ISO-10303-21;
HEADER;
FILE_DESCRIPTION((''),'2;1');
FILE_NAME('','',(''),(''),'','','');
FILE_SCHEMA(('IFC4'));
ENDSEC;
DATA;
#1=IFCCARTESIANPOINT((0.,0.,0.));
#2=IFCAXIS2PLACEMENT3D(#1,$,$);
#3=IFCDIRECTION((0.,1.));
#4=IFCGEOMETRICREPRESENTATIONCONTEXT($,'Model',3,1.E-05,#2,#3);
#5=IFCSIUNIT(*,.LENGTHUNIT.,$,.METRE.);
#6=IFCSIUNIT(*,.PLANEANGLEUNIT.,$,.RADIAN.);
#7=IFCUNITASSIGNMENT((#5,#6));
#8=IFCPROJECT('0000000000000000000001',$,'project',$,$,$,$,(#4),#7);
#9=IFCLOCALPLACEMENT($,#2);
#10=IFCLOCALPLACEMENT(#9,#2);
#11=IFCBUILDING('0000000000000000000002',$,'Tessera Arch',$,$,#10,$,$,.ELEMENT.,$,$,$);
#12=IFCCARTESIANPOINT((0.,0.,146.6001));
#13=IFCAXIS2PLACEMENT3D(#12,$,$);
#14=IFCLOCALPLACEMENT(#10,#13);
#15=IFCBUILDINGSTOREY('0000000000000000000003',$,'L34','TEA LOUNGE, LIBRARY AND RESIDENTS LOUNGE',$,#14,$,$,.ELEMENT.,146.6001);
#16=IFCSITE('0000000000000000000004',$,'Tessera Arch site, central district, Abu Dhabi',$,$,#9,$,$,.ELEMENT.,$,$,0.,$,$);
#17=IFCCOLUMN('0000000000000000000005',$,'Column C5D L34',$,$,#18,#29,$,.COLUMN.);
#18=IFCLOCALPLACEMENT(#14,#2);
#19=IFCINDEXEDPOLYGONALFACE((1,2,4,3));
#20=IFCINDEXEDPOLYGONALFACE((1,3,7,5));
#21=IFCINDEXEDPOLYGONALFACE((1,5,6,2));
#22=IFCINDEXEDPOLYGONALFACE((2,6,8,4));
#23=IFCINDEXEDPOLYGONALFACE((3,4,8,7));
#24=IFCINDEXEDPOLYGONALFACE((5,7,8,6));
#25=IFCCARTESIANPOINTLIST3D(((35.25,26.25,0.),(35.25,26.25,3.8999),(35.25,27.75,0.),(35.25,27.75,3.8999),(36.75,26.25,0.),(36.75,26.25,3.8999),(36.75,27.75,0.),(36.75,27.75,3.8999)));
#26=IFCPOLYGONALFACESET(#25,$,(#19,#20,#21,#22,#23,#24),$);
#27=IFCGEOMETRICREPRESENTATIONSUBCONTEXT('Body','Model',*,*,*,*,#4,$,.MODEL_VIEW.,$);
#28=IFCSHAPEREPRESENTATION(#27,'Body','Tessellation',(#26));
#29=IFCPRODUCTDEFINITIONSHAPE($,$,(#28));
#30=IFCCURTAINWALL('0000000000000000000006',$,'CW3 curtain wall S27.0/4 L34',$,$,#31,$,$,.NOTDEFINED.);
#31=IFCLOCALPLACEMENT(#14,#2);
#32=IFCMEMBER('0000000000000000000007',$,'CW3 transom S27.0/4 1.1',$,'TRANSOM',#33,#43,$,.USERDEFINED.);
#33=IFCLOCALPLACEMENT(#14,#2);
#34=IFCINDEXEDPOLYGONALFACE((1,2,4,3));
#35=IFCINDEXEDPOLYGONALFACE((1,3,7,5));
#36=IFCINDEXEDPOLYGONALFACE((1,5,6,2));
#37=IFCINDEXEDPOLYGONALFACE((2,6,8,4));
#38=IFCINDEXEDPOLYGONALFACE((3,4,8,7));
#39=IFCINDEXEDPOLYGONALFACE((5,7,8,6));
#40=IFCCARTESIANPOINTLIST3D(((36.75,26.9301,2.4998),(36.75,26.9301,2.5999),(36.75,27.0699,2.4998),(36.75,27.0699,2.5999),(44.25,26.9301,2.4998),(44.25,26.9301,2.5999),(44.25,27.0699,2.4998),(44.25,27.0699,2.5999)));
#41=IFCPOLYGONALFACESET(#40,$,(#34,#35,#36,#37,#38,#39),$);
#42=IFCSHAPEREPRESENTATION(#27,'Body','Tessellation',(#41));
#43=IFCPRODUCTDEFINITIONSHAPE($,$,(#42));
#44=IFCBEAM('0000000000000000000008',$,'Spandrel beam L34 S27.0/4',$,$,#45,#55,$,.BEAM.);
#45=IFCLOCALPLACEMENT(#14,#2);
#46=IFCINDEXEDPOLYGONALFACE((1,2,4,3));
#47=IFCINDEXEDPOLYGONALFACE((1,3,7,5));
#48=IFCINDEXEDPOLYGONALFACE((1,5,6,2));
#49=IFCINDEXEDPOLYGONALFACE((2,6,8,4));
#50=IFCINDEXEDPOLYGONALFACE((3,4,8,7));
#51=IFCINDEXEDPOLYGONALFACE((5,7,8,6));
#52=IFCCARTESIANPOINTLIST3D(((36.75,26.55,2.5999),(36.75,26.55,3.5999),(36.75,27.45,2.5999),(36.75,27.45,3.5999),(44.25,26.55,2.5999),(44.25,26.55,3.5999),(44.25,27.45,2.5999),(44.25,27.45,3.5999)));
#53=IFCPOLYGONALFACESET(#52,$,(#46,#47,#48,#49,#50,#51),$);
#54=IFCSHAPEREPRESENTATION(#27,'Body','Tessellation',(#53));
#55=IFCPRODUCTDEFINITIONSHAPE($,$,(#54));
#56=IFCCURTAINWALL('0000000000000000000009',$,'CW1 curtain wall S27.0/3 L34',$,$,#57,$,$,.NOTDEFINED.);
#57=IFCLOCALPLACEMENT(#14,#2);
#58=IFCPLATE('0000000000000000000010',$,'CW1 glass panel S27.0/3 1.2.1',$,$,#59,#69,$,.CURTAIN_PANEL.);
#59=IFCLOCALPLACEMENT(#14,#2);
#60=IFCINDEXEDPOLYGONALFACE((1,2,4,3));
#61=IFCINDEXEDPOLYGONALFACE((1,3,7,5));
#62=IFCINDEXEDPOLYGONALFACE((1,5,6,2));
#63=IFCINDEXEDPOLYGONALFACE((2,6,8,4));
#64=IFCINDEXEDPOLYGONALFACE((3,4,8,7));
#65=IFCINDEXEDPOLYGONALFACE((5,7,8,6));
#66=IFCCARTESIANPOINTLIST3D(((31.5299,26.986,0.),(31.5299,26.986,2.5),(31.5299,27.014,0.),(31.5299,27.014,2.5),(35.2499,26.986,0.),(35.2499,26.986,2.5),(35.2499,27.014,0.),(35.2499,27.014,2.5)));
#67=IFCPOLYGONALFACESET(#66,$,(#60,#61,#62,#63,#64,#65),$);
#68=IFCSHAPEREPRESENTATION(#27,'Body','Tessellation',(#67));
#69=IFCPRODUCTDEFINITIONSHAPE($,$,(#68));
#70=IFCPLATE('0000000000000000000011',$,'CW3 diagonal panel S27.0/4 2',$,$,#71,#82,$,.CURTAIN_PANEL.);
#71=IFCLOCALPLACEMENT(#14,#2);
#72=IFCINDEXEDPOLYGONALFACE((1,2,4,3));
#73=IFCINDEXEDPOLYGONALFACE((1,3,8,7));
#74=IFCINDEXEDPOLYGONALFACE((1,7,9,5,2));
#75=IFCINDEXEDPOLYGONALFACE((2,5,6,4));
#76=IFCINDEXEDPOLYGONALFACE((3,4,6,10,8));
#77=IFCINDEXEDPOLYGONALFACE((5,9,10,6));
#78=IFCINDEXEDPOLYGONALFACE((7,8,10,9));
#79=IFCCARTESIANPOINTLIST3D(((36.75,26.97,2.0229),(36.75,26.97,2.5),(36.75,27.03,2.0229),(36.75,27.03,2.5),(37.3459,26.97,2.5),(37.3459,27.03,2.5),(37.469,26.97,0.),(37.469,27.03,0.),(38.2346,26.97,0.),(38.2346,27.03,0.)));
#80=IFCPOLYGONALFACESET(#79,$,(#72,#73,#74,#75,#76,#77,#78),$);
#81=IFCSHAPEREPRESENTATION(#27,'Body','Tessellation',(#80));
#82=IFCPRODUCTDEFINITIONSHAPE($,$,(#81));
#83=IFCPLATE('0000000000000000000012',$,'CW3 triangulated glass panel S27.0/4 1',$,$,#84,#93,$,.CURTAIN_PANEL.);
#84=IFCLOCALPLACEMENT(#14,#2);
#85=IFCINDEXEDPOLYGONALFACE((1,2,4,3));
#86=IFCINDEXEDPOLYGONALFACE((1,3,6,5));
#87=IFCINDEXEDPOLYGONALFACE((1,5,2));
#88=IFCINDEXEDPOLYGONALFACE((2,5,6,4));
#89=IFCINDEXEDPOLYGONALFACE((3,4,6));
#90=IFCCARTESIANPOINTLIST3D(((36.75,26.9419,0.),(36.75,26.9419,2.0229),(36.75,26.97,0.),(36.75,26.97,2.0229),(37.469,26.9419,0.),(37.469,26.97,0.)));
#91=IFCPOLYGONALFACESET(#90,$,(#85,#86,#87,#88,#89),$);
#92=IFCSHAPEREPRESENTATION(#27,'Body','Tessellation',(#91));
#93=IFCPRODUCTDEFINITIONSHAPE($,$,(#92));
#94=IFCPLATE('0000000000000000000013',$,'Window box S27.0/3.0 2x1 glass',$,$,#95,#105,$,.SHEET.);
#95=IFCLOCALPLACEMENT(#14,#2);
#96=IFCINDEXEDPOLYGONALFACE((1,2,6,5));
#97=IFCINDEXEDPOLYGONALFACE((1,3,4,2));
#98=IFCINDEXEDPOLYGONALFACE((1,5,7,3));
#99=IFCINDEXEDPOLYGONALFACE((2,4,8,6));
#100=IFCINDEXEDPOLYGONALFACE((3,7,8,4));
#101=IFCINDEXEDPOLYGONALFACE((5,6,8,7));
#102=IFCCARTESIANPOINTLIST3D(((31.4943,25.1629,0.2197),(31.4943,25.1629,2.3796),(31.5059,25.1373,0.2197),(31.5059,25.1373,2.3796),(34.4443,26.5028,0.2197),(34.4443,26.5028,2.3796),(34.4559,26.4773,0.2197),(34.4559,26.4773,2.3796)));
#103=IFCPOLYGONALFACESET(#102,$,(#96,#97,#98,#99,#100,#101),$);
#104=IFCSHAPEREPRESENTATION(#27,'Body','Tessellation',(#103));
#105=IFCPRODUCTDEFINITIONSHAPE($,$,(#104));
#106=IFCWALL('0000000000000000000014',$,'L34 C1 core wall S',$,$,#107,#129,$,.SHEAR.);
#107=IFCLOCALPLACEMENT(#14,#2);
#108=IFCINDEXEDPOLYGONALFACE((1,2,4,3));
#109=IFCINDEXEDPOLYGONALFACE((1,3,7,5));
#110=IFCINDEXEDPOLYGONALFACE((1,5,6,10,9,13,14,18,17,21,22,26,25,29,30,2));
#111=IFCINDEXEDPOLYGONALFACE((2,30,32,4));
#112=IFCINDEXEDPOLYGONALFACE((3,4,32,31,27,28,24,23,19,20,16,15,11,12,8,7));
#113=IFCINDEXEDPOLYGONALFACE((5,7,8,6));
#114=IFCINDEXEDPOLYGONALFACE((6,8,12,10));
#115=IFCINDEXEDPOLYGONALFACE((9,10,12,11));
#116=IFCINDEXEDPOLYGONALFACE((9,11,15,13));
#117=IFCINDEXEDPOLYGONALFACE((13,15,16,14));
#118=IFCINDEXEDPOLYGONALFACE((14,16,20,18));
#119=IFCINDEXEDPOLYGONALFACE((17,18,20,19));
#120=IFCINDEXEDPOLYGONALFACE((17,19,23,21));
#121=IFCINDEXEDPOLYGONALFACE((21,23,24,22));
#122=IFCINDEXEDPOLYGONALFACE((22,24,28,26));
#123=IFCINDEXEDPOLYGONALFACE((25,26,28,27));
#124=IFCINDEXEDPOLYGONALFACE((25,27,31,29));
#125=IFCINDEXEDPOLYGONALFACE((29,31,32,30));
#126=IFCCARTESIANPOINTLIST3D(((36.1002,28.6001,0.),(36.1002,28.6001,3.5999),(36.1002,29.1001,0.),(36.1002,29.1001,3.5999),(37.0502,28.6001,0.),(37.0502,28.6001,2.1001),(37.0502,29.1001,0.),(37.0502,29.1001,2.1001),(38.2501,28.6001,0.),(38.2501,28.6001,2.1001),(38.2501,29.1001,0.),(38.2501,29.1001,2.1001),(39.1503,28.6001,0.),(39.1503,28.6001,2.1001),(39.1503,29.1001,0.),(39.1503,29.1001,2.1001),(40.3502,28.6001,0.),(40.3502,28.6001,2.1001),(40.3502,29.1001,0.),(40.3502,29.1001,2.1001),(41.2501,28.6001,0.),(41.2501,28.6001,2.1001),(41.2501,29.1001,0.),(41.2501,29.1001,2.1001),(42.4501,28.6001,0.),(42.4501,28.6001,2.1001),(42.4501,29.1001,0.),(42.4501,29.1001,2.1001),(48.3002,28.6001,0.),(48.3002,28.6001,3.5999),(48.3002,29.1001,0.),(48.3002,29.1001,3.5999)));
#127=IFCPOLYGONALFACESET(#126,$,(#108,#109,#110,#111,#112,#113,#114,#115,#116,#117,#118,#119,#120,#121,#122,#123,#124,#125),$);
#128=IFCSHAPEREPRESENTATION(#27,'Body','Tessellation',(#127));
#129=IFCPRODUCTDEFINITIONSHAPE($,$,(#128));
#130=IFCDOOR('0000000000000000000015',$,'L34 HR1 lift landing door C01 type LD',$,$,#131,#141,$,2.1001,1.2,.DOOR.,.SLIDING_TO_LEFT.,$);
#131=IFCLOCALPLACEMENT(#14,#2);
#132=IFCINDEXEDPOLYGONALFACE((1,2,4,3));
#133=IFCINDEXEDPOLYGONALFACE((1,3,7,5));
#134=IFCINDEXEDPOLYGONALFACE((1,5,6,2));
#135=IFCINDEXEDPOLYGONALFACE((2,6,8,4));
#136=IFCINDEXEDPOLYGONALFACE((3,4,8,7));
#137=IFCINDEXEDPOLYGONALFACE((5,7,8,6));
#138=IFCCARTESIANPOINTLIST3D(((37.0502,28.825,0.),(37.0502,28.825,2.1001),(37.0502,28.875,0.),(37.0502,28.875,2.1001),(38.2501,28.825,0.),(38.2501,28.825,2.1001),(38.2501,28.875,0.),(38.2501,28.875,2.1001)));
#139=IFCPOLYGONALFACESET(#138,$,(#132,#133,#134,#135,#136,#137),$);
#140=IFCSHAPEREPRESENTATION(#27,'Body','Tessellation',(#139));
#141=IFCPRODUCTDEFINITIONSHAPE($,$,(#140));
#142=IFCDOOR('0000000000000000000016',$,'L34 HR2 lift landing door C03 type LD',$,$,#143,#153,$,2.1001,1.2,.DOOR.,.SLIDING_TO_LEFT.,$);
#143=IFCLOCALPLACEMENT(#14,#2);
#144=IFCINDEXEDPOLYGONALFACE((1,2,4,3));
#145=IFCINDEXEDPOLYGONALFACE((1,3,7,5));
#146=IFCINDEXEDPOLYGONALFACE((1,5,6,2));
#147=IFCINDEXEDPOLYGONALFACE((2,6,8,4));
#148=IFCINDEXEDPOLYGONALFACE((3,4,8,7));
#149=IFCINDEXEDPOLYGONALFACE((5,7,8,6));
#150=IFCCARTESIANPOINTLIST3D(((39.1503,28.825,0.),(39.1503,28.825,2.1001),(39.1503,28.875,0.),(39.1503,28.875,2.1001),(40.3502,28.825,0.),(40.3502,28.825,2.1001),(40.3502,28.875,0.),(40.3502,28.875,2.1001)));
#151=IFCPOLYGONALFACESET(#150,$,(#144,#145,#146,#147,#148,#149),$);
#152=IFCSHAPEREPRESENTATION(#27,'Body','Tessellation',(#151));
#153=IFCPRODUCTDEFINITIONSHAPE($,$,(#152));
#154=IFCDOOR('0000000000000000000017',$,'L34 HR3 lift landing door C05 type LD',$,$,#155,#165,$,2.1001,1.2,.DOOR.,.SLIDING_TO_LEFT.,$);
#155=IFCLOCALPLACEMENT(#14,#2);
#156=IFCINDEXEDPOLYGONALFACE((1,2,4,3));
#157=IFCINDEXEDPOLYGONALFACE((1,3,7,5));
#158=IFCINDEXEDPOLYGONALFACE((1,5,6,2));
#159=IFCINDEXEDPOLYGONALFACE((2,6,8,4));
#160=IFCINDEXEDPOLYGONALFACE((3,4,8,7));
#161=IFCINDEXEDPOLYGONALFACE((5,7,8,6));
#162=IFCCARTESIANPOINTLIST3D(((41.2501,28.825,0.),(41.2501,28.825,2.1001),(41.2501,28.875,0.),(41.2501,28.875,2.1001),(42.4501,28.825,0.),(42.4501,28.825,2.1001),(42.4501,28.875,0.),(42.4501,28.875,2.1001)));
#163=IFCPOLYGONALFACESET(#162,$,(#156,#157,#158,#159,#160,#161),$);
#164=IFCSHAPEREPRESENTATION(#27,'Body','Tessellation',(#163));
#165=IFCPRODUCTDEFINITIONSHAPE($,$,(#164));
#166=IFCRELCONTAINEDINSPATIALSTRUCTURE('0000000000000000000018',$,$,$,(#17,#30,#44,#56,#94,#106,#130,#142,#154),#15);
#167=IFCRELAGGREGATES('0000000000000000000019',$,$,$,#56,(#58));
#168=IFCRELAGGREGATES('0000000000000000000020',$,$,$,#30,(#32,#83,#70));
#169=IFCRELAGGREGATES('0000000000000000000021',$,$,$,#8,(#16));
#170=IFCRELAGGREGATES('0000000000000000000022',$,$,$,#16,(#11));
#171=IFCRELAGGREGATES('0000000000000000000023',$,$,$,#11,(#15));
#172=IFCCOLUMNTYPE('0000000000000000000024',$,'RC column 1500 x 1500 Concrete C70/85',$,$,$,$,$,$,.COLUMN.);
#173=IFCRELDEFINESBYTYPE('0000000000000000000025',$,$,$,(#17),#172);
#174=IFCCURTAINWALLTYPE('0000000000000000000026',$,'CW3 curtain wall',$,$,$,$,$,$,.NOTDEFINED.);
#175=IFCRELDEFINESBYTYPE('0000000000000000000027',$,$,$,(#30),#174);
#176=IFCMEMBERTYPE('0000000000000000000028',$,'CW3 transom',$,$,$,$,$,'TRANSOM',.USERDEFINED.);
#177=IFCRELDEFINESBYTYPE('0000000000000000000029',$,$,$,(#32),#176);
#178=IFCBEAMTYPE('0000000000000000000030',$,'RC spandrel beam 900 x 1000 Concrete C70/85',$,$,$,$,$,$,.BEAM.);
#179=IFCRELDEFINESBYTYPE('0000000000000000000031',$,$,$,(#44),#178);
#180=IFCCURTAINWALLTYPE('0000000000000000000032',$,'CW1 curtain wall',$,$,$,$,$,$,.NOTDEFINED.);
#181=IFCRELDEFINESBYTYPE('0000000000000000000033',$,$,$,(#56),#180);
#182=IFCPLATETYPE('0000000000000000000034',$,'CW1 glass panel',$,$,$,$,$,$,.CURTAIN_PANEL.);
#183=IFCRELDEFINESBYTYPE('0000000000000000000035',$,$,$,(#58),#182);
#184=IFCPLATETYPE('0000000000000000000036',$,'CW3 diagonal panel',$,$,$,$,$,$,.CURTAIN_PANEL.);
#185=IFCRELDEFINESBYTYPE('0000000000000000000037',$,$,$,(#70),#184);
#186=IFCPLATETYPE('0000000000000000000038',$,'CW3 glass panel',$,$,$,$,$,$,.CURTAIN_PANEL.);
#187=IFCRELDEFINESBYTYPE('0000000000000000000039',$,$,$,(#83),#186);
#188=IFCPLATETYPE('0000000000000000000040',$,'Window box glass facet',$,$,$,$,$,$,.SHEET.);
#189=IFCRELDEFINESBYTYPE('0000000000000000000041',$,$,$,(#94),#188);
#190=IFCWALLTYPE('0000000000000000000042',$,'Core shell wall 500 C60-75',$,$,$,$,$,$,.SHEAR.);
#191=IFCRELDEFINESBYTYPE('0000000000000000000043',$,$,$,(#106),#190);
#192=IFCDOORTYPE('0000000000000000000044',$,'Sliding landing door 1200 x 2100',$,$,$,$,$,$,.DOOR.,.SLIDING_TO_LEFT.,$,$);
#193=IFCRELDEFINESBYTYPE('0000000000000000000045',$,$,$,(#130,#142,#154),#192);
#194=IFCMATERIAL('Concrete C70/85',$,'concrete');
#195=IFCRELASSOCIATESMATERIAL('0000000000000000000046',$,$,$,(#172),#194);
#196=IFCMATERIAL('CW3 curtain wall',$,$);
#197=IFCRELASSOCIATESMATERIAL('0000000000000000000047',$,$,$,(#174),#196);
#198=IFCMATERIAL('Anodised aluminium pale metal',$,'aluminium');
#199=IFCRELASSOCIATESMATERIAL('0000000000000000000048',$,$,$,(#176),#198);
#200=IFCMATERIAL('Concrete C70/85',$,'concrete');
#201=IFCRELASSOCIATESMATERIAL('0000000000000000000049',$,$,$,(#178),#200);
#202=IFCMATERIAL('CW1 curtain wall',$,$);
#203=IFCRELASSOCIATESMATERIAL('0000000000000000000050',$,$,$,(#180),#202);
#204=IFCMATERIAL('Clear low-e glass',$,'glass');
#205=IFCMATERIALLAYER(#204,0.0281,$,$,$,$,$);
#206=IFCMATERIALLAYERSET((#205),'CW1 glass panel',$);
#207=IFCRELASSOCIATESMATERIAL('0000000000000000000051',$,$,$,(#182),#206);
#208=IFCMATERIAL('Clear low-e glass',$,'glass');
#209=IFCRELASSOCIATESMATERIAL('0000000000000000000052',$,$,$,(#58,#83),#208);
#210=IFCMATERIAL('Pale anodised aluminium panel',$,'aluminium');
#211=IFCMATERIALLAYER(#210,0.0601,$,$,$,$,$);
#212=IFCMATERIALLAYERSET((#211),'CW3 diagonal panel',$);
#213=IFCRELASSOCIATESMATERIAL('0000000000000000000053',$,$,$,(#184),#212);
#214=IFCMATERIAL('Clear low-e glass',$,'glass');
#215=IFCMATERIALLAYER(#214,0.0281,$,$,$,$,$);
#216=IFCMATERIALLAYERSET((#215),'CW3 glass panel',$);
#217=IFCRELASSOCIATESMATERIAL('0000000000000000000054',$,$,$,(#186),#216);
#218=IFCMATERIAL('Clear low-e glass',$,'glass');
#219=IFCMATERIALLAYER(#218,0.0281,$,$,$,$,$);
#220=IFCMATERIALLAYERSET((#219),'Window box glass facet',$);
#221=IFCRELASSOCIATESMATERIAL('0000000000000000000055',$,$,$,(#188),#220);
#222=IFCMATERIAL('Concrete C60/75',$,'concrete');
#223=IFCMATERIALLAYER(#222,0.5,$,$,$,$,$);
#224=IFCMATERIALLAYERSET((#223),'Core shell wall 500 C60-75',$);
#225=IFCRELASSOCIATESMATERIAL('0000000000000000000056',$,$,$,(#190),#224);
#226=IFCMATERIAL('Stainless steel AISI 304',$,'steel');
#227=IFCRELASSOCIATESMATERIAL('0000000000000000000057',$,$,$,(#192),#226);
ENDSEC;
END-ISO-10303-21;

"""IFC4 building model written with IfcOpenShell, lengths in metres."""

from ifc_helpers import new_model, si_unit, direction, frame, frame_2d, origin, origin_2d, place, context, subcontext, project, spatial, polyline, rectangle, outline, extrude, material, layer, layer_set, material_profile, profile_set, type_object, element, fill, aggregate, save


model = new_model("IFC4")

# Units and contexts
model_context = context("Model", 3, precision=1e-05, world=origin(), true_north=direction((0.0, 1.0)))
body_context = subcontext(model_context, "Body", "Model", "MODEL_VIEW")
ifc_project = project(units=[si_unit("LENGTHUNIT", "METRE"), si_unit("PLANEANGLEUNIT", "RADIAN")], contexts=[model_context])

# Site, building, storey
site_placement = place(None, origin())
site = spatial("IfcSite", under=ifc_project, at=site_placement, Name="Tessera Arch site, central district, Abu Dhabi", CompositionType="ELEMENT", RefElevation=0.0)
building_placement = place(site_placement, origin())
building = spatial("IfcBuilding", under=site, at=building_placement, Name="Tessera Arch", CompositionType="ELEMENT")
storey_placement = place(building_placement, frame((0.0, 0.0, 146.6001)))
storey = spatial("IfcBuildingStorey", under=building, at=storey_placement, Name="L34", Description="TEA LOUNGE, LIBRARY AND RESIDENTS LOUNGE", CompositionType="ELEMENT", Elevation=146.6001)

# Column
ifc_material_1 = material(Name="Concrete C70/85", Category="concrete")
ifc_material_profile_1 = material_profile(ifc_material_1, rectangle(XDim=1.5, YDim=1.5, at=origin_2d()), Name="RC column 1500 x 1500 Concrete C70/85")
ifc_profile_set_1 = profile_set([ifc_material_profile_1], Name="Concrete C70/85")
column_type = type_object("IfcColumnType", Name="RC column 1500 x 1500 Concrete C70/85", PredefinedType="COLUMN", material=ifc_profile_set_1)
column_placement = place(storey_placement, frame((36.0, 27.0, 0.0), z_axis=(0.0, 0.0, 1.0), x_axis=(1.0, 0.0, 0.0)))
element("IfcColumn", 1, at=column_placement, inside=storey, type_object=column_type, Name="Column C5D L34", PredefinedType="COLUMN", context=body_context, shape_type="SweptSolid", body=[
    extrude(rectangle(XDim=1.5, YDim=1.5, at=origin_2d()), origin(), (0.0, 0.0, 1.0), 3.8999),
])

# Curtain wall, member
ifc_material_2 = material(Name="CW3 curtain wall")
curtain_wall_type_1 = type_object("IfcCurtainWallType", Name="CW3 curtain wall", PredefinedType="NOTDEFINED", material=ifc_material_2)
curtain_wall_1_placement = place(storey_placement, origin())
curtain_wall_1 = element("IfcCurtainWall", 2, at=curtain_wall_1_placement, inside=storey, type_object=curtain_wall_type_1, Name="CW3 curtain wall S27.0/4 L34", PredefinedType="NOTDEFINED")
ifc_material_3 = material(Name="Anodised aluminium pale metal", Category="aluminium")
ifc_material_profile_2 = material_profile(ifc_material_3, rectangle(XDim=0.1399, YDim=0.1001, at=origin_2d()), Name="AL 140x100")
ifc_profile_set_2 = profile_set([ifc_material_profile_2], Name="Anodised aluminium pale metal")
member_type = type_object("IfcMemberType", Name="CW3 transom", ElementType="TRANSOM", PredefinedType="USERDEFINED", material=ifc_profile_set_2)
member_placement = place(storey_placement, frame((36.75, 27.0, 2.5498), z_axis=(1.0, 0.0, 0.0), x_axis=(0.0, 1.0, 0.0)))
member = element("IfcMember", 3, at=member_placement, type_object=member_type, Name="CW3 transom S27.0/4 1.1", ObjectType="TRANSOM", PredefinedType="USERDEFINED", context=body_context, shape_type="SweptSolid", body=[
    extrude(rectangle(XDim=0.1399, YDim=0.1001, at=origin_2d()), origin(), (0.0, 0.0, 1.0), 7.5),
])

# Beam
ifc_material_4 = material(Name="Concrete C70/85", Category="concrete")
ifc_material_profile_3 = material_profile(ifc_material_4, rectangle(XDim=0.8999, YDim=1.0, at=origin_2d()), Name="RC spandrel beam 900 x 1000 Concrete C70/85")
ifc_profile_set_3 = profile_set([ifc_material_profile_3], Name="Concrete C70/85")
beam_type = type_object("IfcBeamType", Name="RC spandrel beam 900 x 1000 Concrete C70/85", PredefinedType="BEAM", material=ifc_profile_set_3)
beam_placement = place(storey_placement, frame((36.75, 27.0, 3.0999), z_axis=(1.0, 0.0, 0.0), x_axis=(0.0, 1.0, 0.0)))
element("IfcBeam", 4, at=beam_placement, inside=storey, type_object=beam_type, Name="Spandrel beam L34 S27.0/4", PredefinedType="BEAM", context=body_context, shape_type="SweptSolid", body=[
    extrude(rectangle(XDim=0.8999, YDim=1.0, at=origin_2d()), origin(), (0.0, 0.0, 1.0), 7.5),
])

# Curtain wall, plate
ifc_material_5 = material(Name="CW1 curtain wall")
curtain_wall_type_2 = type_object("IfcCurtainWallType", Name="CW1 curtain wall", PredefinedType="NOTDEFINED", material=ifc_material_5)
curtain_wall_2_placement = place(storey_placement, origin())
curtain_wall_2 = element("IfcCurtainWall", 5, at=curtain_wall_2_placement, inside=storey, type_object=curtain_wall_type_2, Name="CW1 curtain wall S27.0/3 L34", PredefinedType="NOTDEFINED")
ifc_material_6 = material(Name="Clear low-e glass", Category="glass")
ifc_material_7 = material(Name="Clear low-e glass", Category="glass")
ifc_layer_1 = layer(ifc_material_7, 0.0281)
ifc_layer_set_1 = layer_set([ifc_layer_1], Name="CW1 glass panel")
plate_type_1 = type_object("IfcPlateType", Name="CW1 glass panel", PredefinedType="CURTAIN_PANEL", material=ifc_layer_set_1)
plate_1_placement = place(storey_placement, frame((33.3899, 27.0, 0.0), z_axis=(0.0, 0.0, 1.0), x_axis=(1.0, 0.0, 0.0)))
plate_1 = element("IfcPlate", 6, at=plate_1_placement, type_object=plate_type_1, material=ifc_material_6, Name="CW1 glass panel S27.0/3 1.2.1", PredefinedType="CURTAIN_PANEL", context=body_context, shape_type="SweptSolid", body=[
    extrude(rectangle(XDim=3.72, YDim=0.0281, at=origin_2d()), origin(), (0.0, 0.0, 1.0), 2.5),
])
aggregate(curtain_wall_2, [plate_1])

# Plates
ifc_material_8 = material(Name="Pale anodised aluminium panel", Category="aluminium")
ifc_layer_2 = layer(ifc_material_8, 0.0601)
ifc_layer_set_2 = layer_set([ifc_layer_2], Name="CW3 diagonal panel")
plate_type_2 = type_object("IfcPlateType", Name="CW3 diagonal panel", PredefinedType="CURTAIN_PANEL", material=ifc_layer_set_2)
plate_2_placement = place(storey_placement, frame((36.75, 26.97, 2.5), z_axis=(0.0, -1.0, 0.0), x_axis=(0.0, 0.0, -1.0)))
plate_2 = element("IfcPlate", 7, at=plate_2_placement, type_object=plate_type_2, Name="CW3 diagonal panel S27.0/4 2", PredefinedType="CURTAIN_PANEL", context=body_context, shape_type="SweptSolid", body=[
    extrude(outline(polyline([(0.0, 0.0), (0.4771, 0.0), (2.5, 0.719), (2.5, 1.4846), (0.0, 0.5959), (0.0, 0.0)])), origin(), (0.0, 0.0, -1.0), 0.0601),
])
ifc_material_9 = material(Name="Clear low-e glass", Category="glass")
ifc_layer_3 = layer(ifc_material_9, 0.0281)
ifc_layer_set_3 = layer_set([ifc_layer_3], Name="CW3 glass panel")
plate_type_3 = type_object("IfcPlateType", Name="CW3 glass panel", PredefinedType="CURTAIN_PANEL", material=ifc_layer_set_3)
plate_3_placement = place(storey_placement, frame((36.75, 26.9419, 0.0), z_axis=(0.0, -1.0, 0.0), x_axis=(1.0, 0.0, 0.0)))
plate_3 = element("IfcPlate", 8, at=plate_3_placement, type_object=plate_type_3, material=ifc_material_6, Name="CW3 triangulated glass panel S27.0/4 1", PredefinedType="CURTAIN_PANEL", context=body_context, shape_type="SweptSolid", body=[
    extrude(outline(polyline([(0.0, 0.0), (0.719, 0.0), (0.0, 2.0229), (0.0, 0.0)])), origin(), (0.0, 0.0, -1.0), 0.0281),
])
aggregate(curtain_wall_1, [member, plate_3, plate_2])
ifc_material_10 = material(Name="Clear low-e glass", Category="glass")
ifc_layer_4 = layer(ifc_material_10, 0.0281)
ifc_layer_set_4 = layer_set([ifc_layer_4], Name="Window box glass facet")
plate_type_4 = type_object("IfcPlateType", Name="Window box glass facet", PredefinedType="SHEET", material=ifc_layer_set_4)
plate_4_placement = place(storey_placement, frame((32.9751, 25.8201, 0.2197), z_axis=(0.0, 0.0, 1.0), x_axis=(-0.910472, -0.41357, 0.0)))
element("IfcPlate", 9, at=plate_4_placement, inside=storey, type_object=plate_type_4, Name="Window box S27.0/3.0 2x1 glass", PredefinedType="SHEET", context=body_context, shape_type="SweptSolid", body=[
    extrude(rectangle(XDim=3.24, YDim=0.0281, at=origin_2d()), origin(), (0.0, 0.0, 1.0), 2.1599),
])

# Wall, openings, doors
ifc_material_11 = material(Name="Concrete C60/75", Category="concrete")
ifc_layer_5 = layer(ifc_material_11, 0.5)
ifc_layer_set_5 = layer_set([ifc_layer_5], Name="Core shell wall 500 C60-75")
wall_type_1 = type_object("IfcWallType", Name="Core shell wall 500 C60-75", PredefinedType="SHEAR", material=ifc_layer_set_5)
wall_1_placement = place(storey_placement, frame((36.1001, 28.8501, 0.0), z_axis=(0.0, 0.0, 1.0), x_axis=(1.0, 0.0, 0.0)))
wall_1 = element("IfcWall", 10, at=wall_1_placement, inside=storey, type_object=wall_type_1, Name="L34 C1 core wall S", PredefinedType="SHEAR", context=body_context, shape_type="SweptSolid", body=[
    extrude(rectangle(XDim=12.2, YDim=0.5, at=frame_2d((6.1001, 0.0))), origin(), (0.0, 0.0, 1.0), 3.5999),
])
opening_1_placement = place(wall_1_placement, frame((0.95, 0.0, 0.0)))
opening_1 = element("IfcOpeningElement", 11, at=opening_1_placement, cuts=wall_1, PredefinedType="OPENING", context=body_context, shape_type="SweptSolid", body=[
    extrude(rectangle(XDim=1.2, YDim=2.1001, at=frame_2d((0.6001, 1.05))), frame((0.0, 0.26, 0.0), z_axis=(0.0, -1.0, 0.0), x_axis=(1.0, 0.0, 0.0)), (0.0, 0.0, 1.0), 0.52),
])
opening_2_placement = place(wall_1_placement, frame((3.05, 0.0, 0.0)))
opening_2 = element("IfcOpeningElement", 12, at=opening_2_placement, cuts=wall_1, PredefinedType="OPENING", context=body_context, shape_type="SweptSolid", body=[
    extrude(rectangle(XDim=1.2, YDim=2.1001, at=frame_2d((0.6001, 1.05))), frame((0.0, 0.26, 0.0), z_axis=(0.0, -1.0, 0.0), x_axis=(1.0, 0.0, 0.0)), (0.0, 0.0, 1.0), 0.52),
])
opening_3_placement = place(wall_1_placement, frame((5.1499, 0.0, 0.0)))
opening_3 = element("IfcOpeningElement", 13, at=opening_3_placement, cuts=wall_1, PredefinedType="OPENING", context=body_context, shape_type="SweptSolid", body=[
    extrude(rectangle(XDim=1.2, YDim=2.1001, at=frame_2d((0.6001, 1.05))), frame((0.0, 0.26, 0.0), z_axis=(0.0, -1.0, 0.0), x_axis=(1.0, 0.0, 0.0)), (0.0, 0.0, 1.0), 0.52),
])
ifc_material_12 = material(Name="Stainless steel AISI 304", Category="steel")
door_type_1 = type_object("IfcDoorType", Name="Sliding landing door 1200 x 2100", OperationType="SLIDING_TO_LEFT", PredefinedType="DOOR", material=ifc_material_12)
door_1_placement = place(opening_1_placement, origin())
door_1 = element("IfcDoor", 14, at=door_1_placement, inside=storey, type_object=door_type_1, Name="L34 HR1 lift landing door C01 type LD", OperationType="SLIDING_TO_LEFT", OverallHeight=2.1001, OverallWidth=1.2, PredefinedType="DOOR", context=body_context, shape_type="SweptSolid", body=[
    extrude(rectangle(XDim=1.2, YDim=2.1001, at=frame_2d((0.6001, 1.05))), frame((0.0, 0.0249, 0.0), z_axis=(0.0, -1.0, 0.0), x_axis=(1.0, 0.0, 0.0)), (0.0, 0.0, 1.0), 0.05),
])
fill(opening_1, door_1)
door_2_placement = place(opening_2_placement, origin())
door_2 = element("IfcDoor", 15, at=door_2_placement, inside=storey, type_object=door_type_1, Name="L34 HR2 lift landing door C03 type LD", OperationType="SLIDING_TO_LEFT", OverallHeight=2.1001, OverallWidth=1.2, PredefinedType="DOOR", context=body_context, shape_type="SweptSolid", body=[
    extrude(rectangle(XDim=1.2, YDim=2.1001, at=frame_2d((0.6001, 1.05))), frame((0.0, 0.0249, 0.0), z_axis=(0.0, -1.0, 0.0), x_axis=(1.0, 0.0, 0.0)), (0.0, 0.0, 1.0), 0.05),
])
fill(opening_2, door_2)
door_3_placement = place(opening_3_placement, origin())
door_3 = element("IfcDoor", 16, at=door_3_placement, inside=storey, type_object=door_type_1, Name="L34 HR3 lift landing door C05 type LD", OperationType="SLIDING_TO_LEFT", OverallHeight=2.1001, OverallWidth=1.2, PredefinedType="DOOR", context=body_context, shape_type="SweptSolid", body=[
    extrude(rectangle(XDim=1.2, YDim=2.1001, at=frame_2d((0.6001, 1.05))), frame((0.0, 0.0249, 0.0), z_axis=(0.0, -1.0, 0.0), x_axis=(1.0, 0.0, 0.0)), (0.0, 0.0, 1.0), 0.05),
])
fill(opening_3, door_3)

save(model, "model.ifc")
